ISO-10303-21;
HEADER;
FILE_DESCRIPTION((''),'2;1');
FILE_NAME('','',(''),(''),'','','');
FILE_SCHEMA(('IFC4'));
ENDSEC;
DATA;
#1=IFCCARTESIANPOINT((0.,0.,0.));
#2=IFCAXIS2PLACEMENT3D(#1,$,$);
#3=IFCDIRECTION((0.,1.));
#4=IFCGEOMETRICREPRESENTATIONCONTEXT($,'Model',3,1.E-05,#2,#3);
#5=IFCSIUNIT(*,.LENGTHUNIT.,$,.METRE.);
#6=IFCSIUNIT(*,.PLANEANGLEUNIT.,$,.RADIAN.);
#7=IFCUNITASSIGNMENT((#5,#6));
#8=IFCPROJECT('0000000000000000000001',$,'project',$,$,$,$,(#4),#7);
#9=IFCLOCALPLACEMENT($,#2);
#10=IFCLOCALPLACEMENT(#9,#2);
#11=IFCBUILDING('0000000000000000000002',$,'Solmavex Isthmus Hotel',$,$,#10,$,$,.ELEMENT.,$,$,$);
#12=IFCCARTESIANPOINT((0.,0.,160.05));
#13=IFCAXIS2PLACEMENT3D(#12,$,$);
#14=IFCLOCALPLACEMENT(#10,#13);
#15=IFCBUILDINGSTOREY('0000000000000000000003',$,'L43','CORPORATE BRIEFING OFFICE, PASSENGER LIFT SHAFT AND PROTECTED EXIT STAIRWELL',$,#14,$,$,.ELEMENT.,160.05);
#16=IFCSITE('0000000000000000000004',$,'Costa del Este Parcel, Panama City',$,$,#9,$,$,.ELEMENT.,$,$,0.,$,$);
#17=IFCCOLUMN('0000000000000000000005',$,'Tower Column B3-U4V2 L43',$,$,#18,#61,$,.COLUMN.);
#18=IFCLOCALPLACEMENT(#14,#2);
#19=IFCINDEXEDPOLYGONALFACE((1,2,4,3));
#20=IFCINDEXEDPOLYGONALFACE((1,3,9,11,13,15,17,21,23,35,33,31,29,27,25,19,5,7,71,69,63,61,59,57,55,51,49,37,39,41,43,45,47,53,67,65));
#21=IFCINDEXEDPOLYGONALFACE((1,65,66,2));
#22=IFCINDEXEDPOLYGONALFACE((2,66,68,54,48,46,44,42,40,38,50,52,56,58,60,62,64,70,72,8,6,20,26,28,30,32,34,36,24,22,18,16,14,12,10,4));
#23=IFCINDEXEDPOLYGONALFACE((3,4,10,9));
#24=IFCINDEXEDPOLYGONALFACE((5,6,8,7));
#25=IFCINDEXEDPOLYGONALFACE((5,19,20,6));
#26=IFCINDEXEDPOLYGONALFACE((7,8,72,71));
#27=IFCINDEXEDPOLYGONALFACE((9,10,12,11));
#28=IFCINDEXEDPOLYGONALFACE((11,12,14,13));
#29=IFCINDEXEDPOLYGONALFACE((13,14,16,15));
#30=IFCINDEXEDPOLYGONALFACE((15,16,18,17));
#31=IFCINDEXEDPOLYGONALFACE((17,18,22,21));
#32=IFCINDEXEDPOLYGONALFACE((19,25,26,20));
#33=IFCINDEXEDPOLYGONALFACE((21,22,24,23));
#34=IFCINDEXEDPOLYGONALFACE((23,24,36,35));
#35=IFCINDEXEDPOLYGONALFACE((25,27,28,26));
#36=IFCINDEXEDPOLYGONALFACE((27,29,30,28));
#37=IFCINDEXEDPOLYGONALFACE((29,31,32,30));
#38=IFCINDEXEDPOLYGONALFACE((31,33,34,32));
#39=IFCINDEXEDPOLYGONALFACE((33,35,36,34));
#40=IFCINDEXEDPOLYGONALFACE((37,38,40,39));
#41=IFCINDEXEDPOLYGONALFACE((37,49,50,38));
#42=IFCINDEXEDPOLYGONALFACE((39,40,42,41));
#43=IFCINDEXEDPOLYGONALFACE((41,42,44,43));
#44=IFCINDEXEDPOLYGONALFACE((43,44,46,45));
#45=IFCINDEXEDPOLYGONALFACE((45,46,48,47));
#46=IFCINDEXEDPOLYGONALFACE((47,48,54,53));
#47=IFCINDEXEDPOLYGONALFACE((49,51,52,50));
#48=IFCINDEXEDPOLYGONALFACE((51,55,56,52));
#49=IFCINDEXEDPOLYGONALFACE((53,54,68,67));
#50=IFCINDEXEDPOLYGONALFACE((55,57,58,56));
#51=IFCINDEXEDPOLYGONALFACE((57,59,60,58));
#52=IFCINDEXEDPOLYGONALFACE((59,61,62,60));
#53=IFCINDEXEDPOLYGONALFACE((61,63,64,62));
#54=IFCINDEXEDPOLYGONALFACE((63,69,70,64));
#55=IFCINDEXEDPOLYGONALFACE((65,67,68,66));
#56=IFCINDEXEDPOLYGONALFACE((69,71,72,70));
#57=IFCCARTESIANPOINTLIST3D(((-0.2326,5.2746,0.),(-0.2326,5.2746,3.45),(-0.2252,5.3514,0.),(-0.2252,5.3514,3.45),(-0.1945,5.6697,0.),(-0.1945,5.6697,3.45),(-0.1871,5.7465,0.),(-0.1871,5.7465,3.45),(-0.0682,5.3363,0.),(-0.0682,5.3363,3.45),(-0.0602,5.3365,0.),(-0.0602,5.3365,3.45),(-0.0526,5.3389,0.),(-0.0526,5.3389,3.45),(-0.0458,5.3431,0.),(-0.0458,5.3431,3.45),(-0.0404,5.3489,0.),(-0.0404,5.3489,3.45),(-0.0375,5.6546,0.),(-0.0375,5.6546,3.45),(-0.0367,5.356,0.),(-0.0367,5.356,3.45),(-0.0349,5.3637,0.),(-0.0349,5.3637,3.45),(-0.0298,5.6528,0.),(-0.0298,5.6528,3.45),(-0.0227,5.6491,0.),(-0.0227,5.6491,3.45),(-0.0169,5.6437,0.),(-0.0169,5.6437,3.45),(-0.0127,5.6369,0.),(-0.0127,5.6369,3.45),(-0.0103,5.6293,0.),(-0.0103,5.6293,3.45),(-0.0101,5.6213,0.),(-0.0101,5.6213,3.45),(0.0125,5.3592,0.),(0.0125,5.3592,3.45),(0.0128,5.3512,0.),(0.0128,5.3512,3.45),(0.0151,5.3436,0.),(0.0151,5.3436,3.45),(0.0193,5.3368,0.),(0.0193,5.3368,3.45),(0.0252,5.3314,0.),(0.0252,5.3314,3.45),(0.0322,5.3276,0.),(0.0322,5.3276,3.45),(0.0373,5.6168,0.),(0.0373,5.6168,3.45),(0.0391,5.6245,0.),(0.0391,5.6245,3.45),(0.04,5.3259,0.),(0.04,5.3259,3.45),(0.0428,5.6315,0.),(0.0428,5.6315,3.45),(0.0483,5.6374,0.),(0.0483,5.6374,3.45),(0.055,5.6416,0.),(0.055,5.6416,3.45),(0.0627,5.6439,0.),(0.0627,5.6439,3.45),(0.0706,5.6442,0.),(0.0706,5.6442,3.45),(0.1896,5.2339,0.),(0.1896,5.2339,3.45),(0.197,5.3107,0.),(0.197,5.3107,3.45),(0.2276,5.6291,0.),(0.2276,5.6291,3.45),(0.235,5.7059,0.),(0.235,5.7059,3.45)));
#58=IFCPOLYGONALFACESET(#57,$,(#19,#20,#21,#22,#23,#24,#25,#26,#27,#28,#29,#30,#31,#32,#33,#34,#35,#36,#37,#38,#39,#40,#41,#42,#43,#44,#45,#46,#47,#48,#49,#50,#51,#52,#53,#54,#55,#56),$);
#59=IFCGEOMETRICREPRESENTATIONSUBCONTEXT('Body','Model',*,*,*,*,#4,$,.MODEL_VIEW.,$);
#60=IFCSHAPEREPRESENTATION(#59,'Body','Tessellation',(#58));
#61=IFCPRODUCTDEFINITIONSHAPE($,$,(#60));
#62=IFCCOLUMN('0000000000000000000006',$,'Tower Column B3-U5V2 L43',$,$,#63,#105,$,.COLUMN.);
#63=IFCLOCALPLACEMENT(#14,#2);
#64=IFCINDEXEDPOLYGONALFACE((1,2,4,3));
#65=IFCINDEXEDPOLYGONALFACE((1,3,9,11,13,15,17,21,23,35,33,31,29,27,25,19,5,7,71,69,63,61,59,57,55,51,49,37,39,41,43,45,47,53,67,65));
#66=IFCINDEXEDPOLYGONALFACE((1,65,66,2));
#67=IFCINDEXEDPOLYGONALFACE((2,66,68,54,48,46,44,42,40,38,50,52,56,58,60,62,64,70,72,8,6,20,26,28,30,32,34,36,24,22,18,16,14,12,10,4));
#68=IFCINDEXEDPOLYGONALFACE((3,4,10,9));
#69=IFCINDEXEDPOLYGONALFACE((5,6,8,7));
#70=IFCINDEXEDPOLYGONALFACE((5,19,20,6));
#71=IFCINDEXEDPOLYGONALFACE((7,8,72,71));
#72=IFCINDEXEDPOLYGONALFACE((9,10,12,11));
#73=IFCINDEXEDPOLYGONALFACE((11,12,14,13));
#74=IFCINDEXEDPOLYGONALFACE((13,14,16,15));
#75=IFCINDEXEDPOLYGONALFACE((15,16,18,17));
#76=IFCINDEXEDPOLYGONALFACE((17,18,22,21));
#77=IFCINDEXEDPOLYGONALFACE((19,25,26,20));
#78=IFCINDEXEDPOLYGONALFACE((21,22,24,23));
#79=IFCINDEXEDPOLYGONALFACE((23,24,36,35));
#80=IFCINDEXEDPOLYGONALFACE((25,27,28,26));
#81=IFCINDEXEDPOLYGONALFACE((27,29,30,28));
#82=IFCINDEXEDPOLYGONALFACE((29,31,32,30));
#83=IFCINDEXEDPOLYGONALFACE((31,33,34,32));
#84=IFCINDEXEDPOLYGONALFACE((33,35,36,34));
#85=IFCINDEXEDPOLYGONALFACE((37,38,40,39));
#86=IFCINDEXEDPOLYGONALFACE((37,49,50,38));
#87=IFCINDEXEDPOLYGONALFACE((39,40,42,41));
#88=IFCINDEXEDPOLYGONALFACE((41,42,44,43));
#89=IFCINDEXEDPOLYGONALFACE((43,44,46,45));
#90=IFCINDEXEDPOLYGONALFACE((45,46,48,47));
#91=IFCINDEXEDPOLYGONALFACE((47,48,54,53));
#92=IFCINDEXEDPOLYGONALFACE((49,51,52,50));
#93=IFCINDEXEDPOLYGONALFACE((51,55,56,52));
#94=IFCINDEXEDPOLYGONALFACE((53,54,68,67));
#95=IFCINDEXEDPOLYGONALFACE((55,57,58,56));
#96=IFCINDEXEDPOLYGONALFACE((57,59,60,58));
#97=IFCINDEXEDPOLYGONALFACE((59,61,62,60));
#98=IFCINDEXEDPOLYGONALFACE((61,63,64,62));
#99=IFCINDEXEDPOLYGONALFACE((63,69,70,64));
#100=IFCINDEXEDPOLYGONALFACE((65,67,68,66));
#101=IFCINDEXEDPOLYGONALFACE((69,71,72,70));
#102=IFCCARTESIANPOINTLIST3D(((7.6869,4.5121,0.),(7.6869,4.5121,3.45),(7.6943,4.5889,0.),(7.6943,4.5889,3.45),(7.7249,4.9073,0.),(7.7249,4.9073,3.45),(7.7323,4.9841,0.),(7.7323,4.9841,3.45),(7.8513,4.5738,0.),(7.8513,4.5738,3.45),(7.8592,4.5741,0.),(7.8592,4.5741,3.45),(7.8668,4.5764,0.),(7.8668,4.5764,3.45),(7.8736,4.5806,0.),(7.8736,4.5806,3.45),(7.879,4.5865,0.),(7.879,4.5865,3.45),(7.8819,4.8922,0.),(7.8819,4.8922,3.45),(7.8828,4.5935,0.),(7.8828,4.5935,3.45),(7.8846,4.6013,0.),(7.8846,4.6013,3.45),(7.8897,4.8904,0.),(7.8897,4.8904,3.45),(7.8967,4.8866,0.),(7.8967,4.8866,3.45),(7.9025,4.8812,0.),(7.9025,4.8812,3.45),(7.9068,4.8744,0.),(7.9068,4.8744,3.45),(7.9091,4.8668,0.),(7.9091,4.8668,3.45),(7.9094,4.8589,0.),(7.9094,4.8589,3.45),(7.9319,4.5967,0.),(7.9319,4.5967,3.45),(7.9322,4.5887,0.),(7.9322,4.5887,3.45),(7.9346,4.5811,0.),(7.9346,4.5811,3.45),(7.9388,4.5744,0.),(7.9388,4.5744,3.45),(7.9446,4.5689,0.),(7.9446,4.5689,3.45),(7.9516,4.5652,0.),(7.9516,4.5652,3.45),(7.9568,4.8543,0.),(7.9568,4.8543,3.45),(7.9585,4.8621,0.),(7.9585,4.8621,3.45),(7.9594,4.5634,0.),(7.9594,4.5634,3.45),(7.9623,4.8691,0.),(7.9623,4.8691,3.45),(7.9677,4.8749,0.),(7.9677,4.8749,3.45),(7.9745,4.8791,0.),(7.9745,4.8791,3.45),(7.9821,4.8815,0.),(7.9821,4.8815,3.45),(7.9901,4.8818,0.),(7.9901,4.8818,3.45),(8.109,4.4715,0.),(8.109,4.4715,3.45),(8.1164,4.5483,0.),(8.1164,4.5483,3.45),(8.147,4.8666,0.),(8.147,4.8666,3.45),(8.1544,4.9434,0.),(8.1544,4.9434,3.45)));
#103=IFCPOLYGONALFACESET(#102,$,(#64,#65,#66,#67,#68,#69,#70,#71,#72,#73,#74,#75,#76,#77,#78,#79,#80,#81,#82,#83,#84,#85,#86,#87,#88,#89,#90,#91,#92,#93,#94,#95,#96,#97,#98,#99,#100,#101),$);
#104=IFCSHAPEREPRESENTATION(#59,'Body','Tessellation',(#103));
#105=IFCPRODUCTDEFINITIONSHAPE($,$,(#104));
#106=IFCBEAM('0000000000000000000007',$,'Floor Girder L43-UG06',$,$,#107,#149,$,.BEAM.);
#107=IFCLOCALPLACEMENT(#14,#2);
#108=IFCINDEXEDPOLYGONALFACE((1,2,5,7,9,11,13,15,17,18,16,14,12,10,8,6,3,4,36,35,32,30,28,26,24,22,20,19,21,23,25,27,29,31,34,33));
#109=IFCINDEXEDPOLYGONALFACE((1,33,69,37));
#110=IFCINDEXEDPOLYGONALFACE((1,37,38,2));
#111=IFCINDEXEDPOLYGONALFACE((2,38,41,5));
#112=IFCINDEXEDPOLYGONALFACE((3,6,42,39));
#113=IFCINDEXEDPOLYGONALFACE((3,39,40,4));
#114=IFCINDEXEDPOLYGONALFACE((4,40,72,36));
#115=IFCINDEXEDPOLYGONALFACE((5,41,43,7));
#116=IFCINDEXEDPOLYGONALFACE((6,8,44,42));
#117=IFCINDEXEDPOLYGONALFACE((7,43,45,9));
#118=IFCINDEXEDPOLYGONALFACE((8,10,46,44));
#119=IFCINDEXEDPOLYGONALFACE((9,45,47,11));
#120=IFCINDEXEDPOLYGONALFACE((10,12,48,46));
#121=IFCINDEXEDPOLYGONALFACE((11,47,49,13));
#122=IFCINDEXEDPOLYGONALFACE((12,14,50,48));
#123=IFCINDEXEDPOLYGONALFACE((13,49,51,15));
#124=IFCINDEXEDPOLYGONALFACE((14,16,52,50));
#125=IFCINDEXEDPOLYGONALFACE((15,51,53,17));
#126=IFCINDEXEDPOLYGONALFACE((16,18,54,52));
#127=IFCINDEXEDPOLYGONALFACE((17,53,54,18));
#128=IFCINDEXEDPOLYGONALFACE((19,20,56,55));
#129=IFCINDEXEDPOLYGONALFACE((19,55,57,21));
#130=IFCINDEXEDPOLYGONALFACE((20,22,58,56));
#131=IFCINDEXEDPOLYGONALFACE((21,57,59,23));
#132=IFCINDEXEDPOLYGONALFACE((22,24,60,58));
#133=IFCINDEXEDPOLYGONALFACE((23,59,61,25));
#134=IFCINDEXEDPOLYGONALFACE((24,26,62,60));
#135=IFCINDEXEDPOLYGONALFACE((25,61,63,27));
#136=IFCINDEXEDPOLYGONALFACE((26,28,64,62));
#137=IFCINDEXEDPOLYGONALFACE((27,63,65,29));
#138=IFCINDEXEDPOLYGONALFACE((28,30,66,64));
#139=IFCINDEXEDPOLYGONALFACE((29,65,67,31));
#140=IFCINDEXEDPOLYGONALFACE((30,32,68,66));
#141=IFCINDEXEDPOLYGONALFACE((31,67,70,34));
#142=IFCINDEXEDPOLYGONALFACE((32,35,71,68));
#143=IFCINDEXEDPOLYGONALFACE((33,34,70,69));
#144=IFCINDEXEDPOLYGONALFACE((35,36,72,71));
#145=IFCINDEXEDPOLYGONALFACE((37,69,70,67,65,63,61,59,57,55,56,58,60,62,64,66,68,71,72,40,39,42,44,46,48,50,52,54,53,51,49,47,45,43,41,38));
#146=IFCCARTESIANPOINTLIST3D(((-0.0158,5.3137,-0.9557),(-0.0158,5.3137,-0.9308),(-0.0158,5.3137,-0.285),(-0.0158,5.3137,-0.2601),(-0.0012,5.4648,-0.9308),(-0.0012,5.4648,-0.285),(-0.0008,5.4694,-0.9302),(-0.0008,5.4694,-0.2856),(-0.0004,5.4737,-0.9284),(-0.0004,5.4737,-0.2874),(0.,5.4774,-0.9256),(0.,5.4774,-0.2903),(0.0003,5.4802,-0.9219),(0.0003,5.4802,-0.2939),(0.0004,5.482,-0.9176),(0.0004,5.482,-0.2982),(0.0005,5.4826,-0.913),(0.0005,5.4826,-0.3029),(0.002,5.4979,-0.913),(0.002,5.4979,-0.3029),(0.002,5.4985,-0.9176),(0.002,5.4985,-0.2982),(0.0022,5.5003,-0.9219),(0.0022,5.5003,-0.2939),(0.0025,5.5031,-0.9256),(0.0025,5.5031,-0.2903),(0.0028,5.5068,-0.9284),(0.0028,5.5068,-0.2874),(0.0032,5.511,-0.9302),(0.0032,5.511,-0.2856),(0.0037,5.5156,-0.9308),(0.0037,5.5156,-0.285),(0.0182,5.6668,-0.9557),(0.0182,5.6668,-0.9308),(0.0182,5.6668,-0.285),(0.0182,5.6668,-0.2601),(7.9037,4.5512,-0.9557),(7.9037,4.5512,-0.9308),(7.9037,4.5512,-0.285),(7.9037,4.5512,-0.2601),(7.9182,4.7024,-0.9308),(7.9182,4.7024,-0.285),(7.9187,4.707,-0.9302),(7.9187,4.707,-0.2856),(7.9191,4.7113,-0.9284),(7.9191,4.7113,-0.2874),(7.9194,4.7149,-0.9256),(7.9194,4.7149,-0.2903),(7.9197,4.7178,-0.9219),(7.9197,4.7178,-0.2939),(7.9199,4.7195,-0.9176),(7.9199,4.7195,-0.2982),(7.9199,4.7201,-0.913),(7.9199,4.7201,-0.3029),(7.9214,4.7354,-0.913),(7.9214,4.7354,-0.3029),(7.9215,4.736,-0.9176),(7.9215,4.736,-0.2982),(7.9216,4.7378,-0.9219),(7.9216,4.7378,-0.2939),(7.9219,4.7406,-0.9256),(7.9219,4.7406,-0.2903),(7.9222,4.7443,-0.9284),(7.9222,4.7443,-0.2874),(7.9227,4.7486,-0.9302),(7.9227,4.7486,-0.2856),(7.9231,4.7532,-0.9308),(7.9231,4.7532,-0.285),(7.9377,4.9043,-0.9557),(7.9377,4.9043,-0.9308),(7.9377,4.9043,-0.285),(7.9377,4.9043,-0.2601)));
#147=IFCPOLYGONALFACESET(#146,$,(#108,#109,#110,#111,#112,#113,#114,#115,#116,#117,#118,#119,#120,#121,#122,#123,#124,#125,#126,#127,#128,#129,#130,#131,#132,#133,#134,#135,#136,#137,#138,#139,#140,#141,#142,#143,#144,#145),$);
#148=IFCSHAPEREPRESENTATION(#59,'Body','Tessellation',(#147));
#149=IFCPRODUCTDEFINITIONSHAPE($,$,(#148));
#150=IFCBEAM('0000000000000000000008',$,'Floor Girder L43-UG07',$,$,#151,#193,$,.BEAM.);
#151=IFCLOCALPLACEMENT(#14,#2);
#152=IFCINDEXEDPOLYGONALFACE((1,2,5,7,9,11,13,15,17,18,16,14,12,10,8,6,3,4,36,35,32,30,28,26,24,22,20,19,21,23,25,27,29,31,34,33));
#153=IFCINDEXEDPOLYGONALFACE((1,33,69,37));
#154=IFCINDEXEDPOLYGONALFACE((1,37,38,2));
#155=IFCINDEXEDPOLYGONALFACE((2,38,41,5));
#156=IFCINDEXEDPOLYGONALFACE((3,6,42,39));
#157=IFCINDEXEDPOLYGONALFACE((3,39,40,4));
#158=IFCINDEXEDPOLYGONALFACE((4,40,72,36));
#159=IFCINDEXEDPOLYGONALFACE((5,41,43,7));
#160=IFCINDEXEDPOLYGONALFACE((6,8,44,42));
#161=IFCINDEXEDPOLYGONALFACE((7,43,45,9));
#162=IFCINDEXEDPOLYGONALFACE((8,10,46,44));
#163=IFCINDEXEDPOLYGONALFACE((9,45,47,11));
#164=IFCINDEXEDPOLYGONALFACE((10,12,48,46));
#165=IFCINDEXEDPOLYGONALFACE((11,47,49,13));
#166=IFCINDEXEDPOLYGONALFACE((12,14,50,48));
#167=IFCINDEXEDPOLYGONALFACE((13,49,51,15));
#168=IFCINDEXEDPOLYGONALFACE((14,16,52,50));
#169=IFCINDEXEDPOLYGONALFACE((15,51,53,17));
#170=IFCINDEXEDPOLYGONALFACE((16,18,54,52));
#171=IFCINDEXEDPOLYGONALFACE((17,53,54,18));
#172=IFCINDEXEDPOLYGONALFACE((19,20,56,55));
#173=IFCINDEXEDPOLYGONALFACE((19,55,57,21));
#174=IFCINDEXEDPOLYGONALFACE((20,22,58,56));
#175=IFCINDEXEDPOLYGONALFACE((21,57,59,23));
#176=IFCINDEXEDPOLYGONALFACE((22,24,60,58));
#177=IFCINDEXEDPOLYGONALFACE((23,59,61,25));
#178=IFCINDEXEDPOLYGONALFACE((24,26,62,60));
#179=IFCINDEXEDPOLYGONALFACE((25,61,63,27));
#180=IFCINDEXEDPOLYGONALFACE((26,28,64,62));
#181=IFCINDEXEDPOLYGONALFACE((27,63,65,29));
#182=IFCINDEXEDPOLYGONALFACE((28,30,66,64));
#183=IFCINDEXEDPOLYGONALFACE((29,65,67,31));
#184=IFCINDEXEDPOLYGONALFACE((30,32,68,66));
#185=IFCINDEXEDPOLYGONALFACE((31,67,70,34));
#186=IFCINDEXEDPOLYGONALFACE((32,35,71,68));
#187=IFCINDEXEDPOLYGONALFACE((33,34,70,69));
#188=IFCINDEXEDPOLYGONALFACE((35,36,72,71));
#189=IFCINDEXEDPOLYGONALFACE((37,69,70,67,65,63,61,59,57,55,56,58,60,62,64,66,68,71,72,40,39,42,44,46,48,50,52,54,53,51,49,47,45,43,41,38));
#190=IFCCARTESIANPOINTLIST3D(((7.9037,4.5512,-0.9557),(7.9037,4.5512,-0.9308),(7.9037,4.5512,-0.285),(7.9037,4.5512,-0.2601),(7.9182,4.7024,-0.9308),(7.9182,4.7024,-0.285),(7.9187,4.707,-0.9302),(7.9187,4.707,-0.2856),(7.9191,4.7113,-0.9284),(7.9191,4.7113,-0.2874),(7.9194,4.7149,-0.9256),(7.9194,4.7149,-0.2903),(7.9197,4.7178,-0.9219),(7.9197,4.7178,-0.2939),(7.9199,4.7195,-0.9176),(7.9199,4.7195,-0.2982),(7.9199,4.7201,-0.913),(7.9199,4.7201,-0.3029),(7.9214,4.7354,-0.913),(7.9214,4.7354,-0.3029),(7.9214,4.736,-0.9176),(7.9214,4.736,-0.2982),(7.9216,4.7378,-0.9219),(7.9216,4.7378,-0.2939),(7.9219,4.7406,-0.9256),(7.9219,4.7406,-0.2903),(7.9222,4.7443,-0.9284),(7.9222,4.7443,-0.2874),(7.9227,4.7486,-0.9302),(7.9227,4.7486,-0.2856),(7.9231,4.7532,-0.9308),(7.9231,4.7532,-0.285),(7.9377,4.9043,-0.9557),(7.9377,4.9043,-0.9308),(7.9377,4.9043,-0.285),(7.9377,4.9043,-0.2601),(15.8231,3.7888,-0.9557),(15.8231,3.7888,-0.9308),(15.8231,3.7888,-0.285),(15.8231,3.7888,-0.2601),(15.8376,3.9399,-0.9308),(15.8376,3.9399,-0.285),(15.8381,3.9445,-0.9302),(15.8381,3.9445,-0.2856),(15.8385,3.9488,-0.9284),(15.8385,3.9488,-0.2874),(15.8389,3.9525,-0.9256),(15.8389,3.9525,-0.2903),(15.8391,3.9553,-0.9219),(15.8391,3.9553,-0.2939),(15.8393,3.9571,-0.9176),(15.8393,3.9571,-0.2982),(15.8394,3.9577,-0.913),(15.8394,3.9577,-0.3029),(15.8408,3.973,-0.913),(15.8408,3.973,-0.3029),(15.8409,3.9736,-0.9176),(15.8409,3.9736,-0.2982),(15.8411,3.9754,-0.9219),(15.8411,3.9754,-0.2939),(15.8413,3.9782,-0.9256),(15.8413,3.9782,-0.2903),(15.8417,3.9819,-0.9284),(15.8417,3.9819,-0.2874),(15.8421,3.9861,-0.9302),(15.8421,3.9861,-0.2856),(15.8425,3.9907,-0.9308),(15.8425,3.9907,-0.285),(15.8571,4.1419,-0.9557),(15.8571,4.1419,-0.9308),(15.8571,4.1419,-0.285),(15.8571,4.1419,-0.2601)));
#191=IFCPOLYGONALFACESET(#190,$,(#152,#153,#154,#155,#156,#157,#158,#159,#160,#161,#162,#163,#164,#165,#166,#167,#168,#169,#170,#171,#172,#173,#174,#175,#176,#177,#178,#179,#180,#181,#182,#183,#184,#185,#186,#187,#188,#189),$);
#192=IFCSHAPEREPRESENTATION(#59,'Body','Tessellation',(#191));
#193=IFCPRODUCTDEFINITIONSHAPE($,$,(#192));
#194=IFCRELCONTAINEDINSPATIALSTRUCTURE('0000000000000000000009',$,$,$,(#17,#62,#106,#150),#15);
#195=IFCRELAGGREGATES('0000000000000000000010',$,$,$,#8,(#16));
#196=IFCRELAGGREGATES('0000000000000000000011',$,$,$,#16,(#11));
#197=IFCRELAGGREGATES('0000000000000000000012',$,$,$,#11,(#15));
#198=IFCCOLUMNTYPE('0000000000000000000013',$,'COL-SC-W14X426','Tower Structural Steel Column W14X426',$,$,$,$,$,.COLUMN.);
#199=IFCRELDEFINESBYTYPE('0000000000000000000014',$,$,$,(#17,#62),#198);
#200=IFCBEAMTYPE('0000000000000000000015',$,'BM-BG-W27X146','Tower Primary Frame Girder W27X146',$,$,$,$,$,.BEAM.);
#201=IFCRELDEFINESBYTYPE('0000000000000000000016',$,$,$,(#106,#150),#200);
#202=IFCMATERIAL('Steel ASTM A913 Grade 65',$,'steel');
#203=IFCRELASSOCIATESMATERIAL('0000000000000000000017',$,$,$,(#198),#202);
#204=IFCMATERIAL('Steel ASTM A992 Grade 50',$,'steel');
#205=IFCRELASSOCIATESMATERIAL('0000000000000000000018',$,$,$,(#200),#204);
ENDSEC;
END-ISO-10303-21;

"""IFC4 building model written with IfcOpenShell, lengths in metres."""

from ifc_helpers import new_model, si_unit, direction, frame, origin, origin_2d, place, context, subcontext, project, spatial, i_section, extrude, material, material_profile, profile_set, type_object, element, save


model = new_model("IFC4")

# Units and contexts
model_context = context("Model", 3, precision=1e-05, world=origin(), true_north=direction((0.0, 1.0)))
body_context = subcontext(model_context, "Body", "Model", "MODEL_VIEW")
ifc_project = project(units=[si_unit("LENGTHUNIT", "METRE"), si_unit("PLANEANGLEUNIT", "RADIAN")], contexts=[model_context])

# Site, building, storey
site_placement = place(None, origin())
site = spatial("IfcSite", under=ifc_project, at=site_placement, Name="Costa del Este Parcel, Panama City", CompositionType="ELEMENT", RefElevation=0.0)
building_placement = place(site_placement, origin())
building = spatial("IfcBuilding", under=site, at=building_placement, Name="Solmavex Isthmus Hotel", CompositionType="ELEMENT")
storey_placement = place(building_placement, frame((0.0, 0.0, 160.05)))
storey = spatial("IfcBuildingStorey", under=building, at=storey_placement, Name="L43", Description="CORPORATE BRIEFING OFFICE, PASSENGER LIFT SHAFT AND PROTECTED EXIT STAIRWELL", CompositionType="ELEMENT", Elevation=160.05)

# Columns
ifc_material_1 = material(Name="Steel ASTM A913 Grade 65", Category="steel")
ifc_material_profile_1 = material_profile(ifc_material_1, i_section(OverallWidth=0.4241, OverallDepth=0.4741, WebThickness=0.0476, FlangeThickness=0.0771, FilletRadius=0.0305, at=origin_2d()), Name="W14X426")
ifc_profile_set_1 = profile_set([ifc_material_profile_1], Name="Steel ASTM A913 Grade 65")
column_type = type_object("IfcColumnType", Name="COL-SC-W14X426", Description="Tower Structural Steel Column W14X426", PredefinedType="COLUMN", material=ifc_profile_set_1)
for number, where, z_axis, x_axis, name in (
    (1, (0.0012, 5.4902, 0.0), (0.0, 0.0, 1.0), (0.995396, -0.095846, 0.0), "Tower Column B3-U4V2 L43"),
    (2, (7.9207, 4.7278, 0.0), (0.0, 0.0, 1.0), (0.995396, -0.095846, 0.0), "Tower Column B3-U5V2 L43"),
):
    element("IfcColumn", number, at=place(storey_placement, frame(where, z_axis=z_axis, x_axis=x_axis)), inside=storey, type_object=column_type, Name=name, PredefinedType="COLUMN", context=body_context, shape_type="SweptSolid", body=[
        extrude(i_section(OverallWidth=0.4241, OverallDepth=0.4741, WebThickness=0.0476, FlangeThickness=0.0771, FilletRadius=0.0305, at=origin_2d()), origin(), (0.0, 0.0, 1.0), 3.45),
    ])

# Beams
ifc_material_2 = material(Name="Steel ASTM A992 Grade 50", Category="steel")
ifc_material_profile_2 = material_profile(ifc_material_2, i_section(OverallWidth=0.3547, OverallDepth=0.6956, WebThickness=0.0154, FlangeThickness=0.0249, FilletRadius=0.0178, at=origin_2d()), Name="W27X146")
ifc_profile_set_2 = profile_set([ifc_material_profile_2], Name="Steel ASTM A992 Grade 50")
beam_type_1 = type_object("IfcBeamType", Name="BM-BG-W27X146", Description="Tower Primary Frame Girder W27X146", PredefinedType="BEAM", material=ifc_profile_set_2)
for number, where, z_axis, x_axis, name in (
    (3, (0.0012, 5.4902, -0.6079), (0.995397, -0.095833, 0.0), (0.095833, 0.995397, 0.0), "Floor Girder L43-UG06"),
    (4, (7.9207, 4.7278, -0.6079), (0.995397, -0.095833, 0.0), (0.095833, 0.995397, 0.0), "Floor Girder L43-UG07"),
):
    element("IfcBeam", number, at=place(storey_placement, frame(where, z_axis=z_axis, x_axis=x_axis)), inside=storey, type_object=beam_type_1, Name=name, PredefinedType="BEAM", context=body_context, shape_type="SweptSolid", body=[
        extrude(i_section(OverallWidth=0.3547, OverallDepth=0.6956, WebThickness=0.0154, FlangeThickness=0.0249, FilletRadius=0.0178, at=origin_2d()), origin(), (0.0, 0.0, 1.0), 7.9561),
    ])

save(model, "model.ifc")
